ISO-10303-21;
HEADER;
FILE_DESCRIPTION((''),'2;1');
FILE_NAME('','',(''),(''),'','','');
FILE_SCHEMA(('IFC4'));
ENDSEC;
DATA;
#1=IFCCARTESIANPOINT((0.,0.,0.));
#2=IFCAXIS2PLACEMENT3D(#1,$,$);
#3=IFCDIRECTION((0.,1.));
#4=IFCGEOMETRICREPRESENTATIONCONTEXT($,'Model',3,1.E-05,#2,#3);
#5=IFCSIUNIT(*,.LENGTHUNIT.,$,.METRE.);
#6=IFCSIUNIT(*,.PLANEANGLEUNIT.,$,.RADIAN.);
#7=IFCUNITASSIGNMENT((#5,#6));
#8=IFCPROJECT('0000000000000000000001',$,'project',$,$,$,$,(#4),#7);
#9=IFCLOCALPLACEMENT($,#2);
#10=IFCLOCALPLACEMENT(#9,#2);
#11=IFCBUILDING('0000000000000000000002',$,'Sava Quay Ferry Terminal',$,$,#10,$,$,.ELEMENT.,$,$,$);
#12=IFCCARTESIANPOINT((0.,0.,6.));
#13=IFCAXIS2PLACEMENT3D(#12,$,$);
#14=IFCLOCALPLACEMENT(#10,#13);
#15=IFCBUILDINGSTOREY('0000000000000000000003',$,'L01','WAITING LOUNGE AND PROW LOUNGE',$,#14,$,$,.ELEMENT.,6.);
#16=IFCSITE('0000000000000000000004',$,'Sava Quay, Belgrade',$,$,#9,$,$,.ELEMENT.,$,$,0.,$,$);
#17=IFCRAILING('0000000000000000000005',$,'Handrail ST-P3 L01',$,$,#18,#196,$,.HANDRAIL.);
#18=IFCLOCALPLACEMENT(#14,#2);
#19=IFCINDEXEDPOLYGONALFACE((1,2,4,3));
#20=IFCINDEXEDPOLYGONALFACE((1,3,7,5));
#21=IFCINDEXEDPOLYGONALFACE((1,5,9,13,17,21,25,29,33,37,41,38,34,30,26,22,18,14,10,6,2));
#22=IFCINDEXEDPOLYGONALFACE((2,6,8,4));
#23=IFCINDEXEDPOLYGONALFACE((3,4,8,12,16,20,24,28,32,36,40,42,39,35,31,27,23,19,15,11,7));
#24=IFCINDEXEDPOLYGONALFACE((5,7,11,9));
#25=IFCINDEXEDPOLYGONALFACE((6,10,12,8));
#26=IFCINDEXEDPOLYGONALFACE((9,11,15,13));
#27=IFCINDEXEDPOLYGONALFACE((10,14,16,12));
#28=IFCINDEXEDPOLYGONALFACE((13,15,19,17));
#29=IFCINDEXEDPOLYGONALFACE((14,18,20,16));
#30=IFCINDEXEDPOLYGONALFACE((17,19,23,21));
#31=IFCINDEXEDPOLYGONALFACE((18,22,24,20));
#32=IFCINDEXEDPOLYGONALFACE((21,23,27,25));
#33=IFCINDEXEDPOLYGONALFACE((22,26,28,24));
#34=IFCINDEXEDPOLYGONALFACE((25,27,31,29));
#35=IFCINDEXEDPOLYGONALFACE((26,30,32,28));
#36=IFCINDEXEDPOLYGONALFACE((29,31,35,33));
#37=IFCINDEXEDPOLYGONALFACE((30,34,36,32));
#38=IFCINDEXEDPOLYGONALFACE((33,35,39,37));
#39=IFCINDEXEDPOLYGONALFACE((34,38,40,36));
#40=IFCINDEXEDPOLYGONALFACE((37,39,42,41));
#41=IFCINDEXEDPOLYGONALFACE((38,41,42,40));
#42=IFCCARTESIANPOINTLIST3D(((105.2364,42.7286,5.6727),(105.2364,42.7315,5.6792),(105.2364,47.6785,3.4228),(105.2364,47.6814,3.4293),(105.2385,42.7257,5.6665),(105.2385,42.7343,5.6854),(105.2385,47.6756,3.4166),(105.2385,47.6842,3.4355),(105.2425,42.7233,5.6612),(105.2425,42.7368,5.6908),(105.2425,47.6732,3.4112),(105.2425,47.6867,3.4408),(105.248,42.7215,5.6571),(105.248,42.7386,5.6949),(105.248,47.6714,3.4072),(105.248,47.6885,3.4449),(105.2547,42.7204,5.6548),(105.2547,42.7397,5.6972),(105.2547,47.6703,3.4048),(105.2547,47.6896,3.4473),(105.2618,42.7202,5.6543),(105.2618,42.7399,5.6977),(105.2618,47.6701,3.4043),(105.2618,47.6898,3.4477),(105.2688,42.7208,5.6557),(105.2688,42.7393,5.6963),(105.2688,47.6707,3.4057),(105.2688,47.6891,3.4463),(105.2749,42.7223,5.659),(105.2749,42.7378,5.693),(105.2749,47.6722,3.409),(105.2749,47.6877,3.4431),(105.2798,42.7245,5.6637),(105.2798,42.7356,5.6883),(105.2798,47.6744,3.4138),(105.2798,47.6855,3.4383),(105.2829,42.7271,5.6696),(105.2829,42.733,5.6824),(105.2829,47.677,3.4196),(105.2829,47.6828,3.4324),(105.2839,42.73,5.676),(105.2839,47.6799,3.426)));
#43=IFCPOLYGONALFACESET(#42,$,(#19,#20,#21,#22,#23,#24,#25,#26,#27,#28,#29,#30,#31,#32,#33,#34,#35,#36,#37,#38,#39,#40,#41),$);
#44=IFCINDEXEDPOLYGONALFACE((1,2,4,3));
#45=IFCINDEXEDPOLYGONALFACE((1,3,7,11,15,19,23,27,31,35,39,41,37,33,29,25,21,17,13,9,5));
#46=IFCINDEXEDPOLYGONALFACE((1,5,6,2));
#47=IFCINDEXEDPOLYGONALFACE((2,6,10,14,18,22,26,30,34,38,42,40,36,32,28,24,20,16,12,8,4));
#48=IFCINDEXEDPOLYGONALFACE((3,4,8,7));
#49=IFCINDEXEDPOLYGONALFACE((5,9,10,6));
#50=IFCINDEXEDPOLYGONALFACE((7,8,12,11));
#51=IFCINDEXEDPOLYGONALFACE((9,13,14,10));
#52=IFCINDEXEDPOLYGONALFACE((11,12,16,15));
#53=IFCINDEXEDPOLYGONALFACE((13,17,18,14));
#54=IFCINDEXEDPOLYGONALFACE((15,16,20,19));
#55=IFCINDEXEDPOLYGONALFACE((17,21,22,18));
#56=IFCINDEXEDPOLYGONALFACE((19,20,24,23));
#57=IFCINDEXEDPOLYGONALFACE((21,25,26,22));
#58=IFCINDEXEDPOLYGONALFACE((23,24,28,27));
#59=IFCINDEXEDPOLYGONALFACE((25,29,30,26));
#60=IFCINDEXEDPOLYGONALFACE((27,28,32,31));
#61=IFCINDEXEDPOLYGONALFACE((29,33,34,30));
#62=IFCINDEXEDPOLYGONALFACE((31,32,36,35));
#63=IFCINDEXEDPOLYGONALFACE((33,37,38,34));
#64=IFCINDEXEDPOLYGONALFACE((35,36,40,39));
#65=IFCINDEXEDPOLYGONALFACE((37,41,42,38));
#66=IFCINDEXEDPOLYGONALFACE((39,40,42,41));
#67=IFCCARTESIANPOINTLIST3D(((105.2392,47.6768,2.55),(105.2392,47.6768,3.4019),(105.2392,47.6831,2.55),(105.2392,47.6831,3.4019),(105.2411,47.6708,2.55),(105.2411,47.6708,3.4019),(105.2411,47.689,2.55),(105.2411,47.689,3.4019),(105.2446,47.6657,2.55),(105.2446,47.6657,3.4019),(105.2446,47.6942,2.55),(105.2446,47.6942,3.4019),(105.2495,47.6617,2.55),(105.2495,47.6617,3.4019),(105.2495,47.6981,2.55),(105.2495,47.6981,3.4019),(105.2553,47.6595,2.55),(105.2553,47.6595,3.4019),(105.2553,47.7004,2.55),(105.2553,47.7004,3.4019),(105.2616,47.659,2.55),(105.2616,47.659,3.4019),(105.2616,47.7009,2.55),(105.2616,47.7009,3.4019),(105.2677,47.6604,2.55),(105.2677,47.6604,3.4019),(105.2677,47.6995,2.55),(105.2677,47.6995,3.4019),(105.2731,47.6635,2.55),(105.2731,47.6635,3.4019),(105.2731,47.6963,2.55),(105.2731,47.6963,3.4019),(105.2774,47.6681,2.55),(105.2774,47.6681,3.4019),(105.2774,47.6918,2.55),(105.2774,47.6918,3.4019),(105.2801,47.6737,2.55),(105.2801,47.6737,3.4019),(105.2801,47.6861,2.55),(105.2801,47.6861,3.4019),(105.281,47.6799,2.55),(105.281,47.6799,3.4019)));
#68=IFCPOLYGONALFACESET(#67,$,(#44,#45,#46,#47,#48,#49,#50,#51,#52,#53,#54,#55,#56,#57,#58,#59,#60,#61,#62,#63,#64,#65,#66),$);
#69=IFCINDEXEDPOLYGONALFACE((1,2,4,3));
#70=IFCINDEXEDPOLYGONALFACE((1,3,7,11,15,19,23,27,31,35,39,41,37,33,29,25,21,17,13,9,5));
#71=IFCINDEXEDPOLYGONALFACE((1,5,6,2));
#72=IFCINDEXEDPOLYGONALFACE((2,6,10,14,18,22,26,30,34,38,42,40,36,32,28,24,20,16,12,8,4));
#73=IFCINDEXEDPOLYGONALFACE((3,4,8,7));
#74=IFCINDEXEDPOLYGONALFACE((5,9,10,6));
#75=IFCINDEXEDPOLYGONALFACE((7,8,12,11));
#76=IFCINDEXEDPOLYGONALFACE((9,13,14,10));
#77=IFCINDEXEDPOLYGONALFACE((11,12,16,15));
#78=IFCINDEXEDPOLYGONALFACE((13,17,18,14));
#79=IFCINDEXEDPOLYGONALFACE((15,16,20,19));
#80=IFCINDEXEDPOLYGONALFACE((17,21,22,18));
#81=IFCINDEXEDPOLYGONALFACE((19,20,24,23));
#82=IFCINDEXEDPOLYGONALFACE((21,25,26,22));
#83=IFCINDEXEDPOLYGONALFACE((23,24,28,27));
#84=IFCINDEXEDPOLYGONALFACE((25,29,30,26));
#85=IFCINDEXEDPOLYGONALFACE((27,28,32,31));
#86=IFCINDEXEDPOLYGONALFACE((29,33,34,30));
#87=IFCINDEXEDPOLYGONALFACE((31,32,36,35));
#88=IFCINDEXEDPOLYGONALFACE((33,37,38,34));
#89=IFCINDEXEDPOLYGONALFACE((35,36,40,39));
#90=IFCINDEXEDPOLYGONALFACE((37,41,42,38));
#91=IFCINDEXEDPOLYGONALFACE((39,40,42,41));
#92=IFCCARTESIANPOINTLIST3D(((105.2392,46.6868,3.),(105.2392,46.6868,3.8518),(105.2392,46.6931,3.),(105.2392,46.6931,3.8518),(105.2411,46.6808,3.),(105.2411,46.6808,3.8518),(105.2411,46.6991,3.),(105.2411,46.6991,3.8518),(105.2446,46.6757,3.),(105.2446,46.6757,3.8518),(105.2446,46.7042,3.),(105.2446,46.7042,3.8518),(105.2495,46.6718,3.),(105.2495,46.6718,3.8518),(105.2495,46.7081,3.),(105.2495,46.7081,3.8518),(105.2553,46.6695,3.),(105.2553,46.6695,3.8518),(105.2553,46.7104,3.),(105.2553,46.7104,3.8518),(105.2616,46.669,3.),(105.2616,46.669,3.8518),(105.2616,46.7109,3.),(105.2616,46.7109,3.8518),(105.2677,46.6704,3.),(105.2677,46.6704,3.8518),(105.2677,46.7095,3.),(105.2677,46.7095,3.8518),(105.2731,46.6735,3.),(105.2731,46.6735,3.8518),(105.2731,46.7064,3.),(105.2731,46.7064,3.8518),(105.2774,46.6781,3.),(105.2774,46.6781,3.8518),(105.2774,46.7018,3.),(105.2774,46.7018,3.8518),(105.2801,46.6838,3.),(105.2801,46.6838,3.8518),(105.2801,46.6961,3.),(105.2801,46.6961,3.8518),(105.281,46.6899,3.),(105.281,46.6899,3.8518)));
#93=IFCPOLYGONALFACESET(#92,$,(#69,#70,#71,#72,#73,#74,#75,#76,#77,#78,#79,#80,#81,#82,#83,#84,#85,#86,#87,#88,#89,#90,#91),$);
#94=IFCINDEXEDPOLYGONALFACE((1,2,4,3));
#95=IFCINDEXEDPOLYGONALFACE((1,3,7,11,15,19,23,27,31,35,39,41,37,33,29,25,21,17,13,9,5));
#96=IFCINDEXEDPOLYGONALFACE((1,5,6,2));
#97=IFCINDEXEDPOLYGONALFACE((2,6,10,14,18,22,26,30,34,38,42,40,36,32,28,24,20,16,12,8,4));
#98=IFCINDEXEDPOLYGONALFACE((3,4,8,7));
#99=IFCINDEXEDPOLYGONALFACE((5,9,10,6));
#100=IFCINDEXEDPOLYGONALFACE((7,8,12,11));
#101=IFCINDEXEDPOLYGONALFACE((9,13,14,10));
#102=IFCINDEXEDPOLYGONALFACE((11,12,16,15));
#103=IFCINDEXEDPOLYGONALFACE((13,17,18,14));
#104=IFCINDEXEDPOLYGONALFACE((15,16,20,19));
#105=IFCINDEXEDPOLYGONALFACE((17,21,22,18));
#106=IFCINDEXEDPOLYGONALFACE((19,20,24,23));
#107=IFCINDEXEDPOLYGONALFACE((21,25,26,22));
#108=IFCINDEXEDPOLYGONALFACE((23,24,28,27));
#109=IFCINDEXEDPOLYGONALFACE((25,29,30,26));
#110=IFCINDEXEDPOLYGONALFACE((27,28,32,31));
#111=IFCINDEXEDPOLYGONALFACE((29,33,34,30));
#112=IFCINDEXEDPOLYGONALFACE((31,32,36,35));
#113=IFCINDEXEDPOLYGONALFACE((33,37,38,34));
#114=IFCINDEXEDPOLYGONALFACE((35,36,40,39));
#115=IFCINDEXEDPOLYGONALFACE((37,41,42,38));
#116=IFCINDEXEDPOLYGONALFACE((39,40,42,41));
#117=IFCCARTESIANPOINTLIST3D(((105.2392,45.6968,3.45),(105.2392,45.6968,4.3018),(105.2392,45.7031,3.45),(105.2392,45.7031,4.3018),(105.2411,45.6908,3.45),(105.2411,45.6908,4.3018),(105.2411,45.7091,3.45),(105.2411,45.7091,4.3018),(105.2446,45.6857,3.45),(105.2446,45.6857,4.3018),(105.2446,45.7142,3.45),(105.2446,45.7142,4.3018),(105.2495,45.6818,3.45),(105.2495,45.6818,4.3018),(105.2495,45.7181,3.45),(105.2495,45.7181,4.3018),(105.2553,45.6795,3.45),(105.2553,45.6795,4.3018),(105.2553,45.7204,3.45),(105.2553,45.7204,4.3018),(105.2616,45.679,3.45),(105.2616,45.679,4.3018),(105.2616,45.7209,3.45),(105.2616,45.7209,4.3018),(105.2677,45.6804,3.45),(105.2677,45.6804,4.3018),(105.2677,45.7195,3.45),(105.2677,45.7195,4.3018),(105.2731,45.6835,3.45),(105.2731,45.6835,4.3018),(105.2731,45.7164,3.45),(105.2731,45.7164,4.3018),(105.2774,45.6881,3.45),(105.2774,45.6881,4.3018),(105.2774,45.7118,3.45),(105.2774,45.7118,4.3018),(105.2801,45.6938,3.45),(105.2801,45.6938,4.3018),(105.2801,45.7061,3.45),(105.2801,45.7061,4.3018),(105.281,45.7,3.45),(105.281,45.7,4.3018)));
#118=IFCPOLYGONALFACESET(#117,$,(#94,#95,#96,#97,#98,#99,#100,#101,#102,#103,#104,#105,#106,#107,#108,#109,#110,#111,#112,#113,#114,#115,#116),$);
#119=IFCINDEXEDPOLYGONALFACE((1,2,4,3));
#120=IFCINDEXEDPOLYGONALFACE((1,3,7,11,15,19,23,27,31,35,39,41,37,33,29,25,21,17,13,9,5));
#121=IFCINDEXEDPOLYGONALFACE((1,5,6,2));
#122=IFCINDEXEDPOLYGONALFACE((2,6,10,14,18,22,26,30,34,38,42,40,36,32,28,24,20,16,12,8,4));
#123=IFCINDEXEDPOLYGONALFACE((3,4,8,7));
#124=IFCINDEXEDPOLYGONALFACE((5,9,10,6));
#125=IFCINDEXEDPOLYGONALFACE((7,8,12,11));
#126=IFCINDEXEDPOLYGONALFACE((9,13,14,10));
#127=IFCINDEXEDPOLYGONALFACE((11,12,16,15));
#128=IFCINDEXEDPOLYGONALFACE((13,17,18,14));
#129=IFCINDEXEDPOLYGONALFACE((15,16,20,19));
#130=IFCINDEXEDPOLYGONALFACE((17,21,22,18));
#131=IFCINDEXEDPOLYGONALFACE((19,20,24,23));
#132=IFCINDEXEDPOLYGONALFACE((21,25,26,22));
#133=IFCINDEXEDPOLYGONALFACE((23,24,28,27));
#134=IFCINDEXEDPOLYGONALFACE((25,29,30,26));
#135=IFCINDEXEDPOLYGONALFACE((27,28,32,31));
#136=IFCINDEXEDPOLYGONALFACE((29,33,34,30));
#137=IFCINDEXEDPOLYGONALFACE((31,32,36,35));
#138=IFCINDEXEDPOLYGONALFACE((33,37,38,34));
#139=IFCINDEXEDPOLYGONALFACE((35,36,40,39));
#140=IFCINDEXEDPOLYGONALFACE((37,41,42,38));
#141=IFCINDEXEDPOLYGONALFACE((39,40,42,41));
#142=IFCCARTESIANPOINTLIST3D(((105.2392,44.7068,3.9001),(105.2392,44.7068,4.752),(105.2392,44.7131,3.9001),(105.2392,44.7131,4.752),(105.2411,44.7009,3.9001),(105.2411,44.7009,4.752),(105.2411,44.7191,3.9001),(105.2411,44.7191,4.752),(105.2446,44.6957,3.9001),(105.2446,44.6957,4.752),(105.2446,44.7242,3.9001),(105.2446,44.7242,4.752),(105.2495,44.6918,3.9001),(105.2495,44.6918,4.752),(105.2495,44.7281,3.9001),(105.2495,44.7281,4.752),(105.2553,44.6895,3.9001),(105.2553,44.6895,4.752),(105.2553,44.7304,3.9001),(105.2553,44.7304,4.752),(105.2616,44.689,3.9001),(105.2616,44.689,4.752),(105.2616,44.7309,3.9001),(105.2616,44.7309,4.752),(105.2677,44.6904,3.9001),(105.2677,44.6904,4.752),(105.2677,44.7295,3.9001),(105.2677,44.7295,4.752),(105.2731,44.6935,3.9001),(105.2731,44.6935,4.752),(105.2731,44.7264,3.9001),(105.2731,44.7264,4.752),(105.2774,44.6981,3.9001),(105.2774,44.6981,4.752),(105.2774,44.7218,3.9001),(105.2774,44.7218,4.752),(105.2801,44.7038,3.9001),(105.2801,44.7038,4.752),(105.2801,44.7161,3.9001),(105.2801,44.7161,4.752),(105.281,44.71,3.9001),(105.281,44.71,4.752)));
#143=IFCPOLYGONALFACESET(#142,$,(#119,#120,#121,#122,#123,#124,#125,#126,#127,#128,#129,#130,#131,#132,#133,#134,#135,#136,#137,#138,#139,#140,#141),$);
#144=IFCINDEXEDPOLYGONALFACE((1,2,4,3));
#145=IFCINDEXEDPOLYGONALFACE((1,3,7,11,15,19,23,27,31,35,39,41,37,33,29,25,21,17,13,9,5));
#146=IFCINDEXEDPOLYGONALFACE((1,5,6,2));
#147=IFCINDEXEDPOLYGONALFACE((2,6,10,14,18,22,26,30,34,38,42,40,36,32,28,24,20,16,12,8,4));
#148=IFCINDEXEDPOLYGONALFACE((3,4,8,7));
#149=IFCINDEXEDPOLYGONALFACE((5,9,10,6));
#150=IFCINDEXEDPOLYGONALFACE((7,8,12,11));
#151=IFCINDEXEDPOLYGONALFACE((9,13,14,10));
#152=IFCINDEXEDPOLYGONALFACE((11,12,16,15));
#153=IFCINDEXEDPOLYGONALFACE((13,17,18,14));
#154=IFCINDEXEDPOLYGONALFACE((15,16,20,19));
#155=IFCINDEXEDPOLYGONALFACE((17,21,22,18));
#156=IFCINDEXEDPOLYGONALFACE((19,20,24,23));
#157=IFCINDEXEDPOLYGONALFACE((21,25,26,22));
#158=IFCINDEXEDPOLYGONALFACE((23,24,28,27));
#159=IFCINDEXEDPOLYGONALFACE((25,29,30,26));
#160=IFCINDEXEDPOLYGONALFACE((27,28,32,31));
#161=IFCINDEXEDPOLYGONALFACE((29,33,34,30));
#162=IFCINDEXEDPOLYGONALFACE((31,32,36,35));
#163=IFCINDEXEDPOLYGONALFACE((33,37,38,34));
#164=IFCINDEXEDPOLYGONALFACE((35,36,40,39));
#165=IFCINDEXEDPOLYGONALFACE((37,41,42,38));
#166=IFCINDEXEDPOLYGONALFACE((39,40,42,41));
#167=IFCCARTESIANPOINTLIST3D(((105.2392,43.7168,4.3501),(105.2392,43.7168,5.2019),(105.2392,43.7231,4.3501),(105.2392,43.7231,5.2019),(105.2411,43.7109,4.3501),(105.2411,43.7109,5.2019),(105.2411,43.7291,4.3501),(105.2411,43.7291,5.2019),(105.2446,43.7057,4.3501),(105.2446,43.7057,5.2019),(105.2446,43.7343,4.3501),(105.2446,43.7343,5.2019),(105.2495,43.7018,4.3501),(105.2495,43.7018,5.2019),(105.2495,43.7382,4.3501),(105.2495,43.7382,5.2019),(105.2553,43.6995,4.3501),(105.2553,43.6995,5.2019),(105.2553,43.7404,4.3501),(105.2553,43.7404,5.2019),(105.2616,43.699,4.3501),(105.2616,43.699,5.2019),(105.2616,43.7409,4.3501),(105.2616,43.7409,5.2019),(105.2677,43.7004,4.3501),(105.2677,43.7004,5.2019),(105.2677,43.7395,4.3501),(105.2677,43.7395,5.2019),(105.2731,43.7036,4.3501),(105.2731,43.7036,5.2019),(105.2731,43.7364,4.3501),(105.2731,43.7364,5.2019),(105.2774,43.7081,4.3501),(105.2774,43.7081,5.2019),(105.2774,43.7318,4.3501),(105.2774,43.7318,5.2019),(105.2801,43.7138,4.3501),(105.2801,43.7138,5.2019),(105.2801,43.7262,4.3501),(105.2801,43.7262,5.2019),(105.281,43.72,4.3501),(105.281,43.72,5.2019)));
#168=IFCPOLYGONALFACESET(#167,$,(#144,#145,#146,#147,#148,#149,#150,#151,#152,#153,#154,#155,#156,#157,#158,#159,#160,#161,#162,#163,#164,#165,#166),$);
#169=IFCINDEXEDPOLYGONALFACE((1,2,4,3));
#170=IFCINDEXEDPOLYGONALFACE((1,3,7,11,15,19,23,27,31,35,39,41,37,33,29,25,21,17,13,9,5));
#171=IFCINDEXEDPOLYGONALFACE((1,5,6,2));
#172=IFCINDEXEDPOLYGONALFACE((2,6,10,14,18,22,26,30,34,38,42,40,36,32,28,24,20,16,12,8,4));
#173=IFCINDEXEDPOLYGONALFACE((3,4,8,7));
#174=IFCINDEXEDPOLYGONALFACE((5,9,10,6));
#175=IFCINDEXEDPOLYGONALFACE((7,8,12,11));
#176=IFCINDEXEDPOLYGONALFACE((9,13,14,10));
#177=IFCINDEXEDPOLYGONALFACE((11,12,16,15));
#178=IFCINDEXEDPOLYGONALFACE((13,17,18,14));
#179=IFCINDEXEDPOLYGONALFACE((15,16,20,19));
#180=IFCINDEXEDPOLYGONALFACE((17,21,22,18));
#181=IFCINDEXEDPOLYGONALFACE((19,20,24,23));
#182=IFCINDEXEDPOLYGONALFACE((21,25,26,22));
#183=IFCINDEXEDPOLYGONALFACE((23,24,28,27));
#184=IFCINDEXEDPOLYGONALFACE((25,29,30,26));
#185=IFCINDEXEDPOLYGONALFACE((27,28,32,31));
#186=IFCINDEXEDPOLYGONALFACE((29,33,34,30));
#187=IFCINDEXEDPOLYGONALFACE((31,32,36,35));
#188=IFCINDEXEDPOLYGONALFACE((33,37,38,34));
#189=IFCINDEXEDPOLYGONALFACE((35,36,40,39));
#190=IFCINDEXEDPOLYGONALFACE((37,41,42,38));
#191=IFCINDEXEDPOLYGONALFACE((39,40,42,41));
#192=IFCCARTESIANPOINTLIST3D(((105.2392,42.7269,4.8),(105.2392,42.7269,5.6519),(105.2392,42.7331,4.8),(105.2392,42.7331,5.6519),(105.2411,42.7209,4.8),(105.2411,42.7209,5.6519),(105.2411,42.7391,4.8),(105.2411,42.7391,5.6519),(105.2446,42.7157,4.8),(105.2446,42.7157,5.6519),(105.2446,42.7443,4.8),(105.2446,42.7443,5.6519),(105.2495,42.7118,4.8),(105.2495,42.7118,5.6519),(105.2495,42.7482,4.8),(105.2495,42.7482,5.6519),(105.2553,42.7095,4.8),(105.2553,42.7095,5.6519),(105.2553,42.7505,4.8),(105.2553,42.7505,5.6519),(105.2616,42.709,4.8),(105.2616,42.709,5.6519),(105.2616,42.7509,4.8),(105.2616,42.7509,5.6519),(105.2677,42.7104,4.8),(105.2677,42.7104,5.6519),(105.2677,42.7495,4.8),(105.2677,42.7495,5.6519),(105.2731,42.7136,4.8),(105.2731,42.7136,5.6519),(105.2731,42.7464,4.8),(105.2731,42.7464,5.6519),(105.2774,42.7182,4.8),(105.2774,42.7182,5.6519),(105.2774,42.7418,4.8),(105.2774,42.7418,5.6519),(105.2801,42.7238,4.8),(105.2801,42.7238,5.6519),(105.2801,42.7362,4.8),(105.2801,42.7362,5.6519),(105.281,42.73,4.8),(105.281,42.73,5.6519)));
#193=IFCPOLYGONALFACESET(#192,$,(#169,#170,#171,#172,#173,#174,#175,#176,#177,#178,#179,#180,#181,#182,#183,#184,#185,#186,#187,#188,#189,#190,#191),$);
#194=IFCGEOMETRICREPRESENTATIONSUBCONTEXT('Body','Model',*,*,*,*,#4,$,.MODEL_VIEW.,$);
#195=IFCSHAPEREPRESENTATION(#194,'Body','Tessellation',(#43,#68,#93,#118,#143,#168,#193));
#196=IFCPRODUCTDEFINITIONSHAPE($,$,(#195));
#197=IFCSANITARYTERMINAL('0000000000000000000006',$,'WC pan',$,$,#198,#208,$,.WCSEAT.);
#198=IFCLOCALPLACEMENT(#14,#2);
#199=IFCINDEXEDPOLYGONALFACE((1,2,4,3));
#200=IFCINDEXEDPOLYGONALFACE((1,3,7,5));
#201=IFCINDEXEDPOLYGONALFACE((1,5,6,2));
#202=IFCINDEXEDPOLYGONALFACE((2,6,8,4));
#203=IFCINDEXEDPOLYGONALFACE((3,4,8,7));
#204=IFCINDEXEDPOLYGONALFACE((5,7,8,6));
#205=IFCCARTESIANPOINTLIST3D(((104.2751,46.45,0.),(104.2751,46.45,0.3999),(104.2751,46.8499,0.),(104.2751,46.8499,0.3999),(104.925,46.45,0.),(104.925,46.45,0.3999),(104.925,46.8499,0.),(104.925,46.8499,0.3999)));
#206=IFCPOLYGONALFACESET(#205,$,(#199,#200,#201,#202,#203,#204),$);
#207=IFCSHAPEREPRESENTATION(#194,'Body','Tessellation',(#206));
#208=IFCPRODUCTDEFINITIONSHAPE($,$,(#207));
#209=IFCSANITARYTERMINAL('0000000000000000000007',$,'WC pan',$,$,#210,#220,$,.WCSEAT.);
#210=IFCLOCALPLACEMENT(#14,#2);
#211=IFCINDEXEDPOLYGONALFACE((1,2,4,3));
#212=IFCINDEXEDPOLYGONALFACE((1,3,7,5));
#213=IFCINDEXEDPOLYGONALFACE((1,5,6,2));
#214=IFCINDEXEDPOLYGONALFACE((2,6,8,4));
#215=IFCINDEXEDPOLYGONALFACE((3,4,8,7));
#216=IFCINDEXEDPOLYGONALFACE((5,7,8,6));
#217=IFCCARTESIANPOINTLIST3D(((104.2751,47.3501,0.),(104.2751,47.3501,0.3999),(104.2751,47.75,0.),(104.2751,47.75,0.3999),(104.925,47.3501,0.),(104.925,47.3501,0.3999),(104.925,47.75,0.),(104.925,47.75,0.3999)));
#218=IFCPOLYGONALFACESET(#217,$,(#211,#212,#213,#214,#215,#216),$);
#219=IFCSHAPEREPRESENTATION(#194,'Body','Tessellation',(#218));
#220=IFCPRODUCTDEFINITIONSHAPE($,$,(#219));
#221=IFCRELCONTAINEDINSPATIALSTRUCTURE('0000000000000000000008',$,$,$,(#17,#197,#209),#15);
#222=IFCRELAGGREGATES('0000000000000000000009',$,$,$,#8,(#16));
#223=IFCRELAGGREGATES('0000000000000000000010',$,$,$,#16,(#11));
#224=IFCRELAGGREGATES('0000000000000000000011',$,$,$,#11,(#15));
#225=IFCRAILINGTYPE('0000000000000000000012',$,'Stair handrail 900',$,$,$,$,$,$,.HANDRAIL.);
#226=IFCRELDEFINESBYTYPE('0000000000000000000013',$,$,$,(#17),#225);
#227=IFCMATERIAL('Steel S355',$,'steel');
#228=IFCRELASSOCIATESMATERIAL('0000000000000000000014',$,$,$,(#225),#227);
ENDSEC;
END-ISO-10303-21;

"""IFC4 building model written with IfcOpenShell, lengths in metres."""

from ifc_helpers import new_model, si_unit, direction, frame, origin, origin_2d, place, context, subcontext, project, spatial, rectangle, circle, extrude, material, type_object, element, save


model = new_model("IFC4")

# Units and contexts
model_context = context("Model", 3, precision=1e-05, world=origin(), true_north=direction((0.0, 1.0)))
body_context = subcontext(model_context, "Body", "Model", "MODEL_VIEW")
ifc_project = project(units=[si_unit("LENGTHUNIT", "METRE"), si_unit("PLANEANGLEUNIT", "RADIAN")], contexts=[model_context])

# Site, building, storey
site_placement = place(None, origin())
site = spatial("IfcSite", under=ifc_project, at=site_placement, Name="Sava Quay, Belgrade", CompositionType="ELEMENT", RefElevation=0.0)
building_placement = place(site_placement, origin())
building = spatial("IfcBuilding", under=site, at=building_placement, Name="Sava Quay Ferry Terminal", CompositionType="ELEMENT")
storey_placement = place(building_placement, frame((0.0, 0.0, 6.0)))
storey = spatial("IfcBuildingStorey", under=building, at=storey_placement, Name="L01", Description="WAITING LOUNGE AND PROW LOUNGE", CompositionType="ELEMENT", Elevation=6.0)

# Railing
ifc_material_1 = material(Name="Steel S355", Category="steel")
railing_type_1 = type_object("IfcRailingType", Name="Stair handrail 900", PredefinedType="HANDRAIL", material=ifc_material_1)
railing_1_placement = place(storey_placement, frame((105.26, 47.6799, 2.55)))
element("IfcRailing", 1, at=railing_1_placement, inside=storey, type_object=railing_type_1, Name="Handrail ST-P3 L01", PredefinedType="HANDRAIL", context=body_context, shape_type="SweptSolid", body=[
    extrude(circle(Radius=0.0239, at=origin_2d()), frame((0.0, 0.0, 0.876), z_axis=(0.0, -0.910365, 0.413806), x_axis=(1.0, 0.0, 0.0)), (0.0, 0.0, 1.0), 5.4373),
    extrude(circle(Radius=0.021, at=origin_2d()), origin(), (0.0, 0.0, 1.0), 0.8518),
    extrude(circle(Radius=0.021, at=origin_2d()), frame((0.0, -0.99, 0.45)), (0.0, 0.0, 1.0), 0.8518),
    extrude(circle(Radius=0.021, at=origin_2d()), frame((0.0, -1.98, 0.8999)), (0.0, 0.0, 1.0), 0.8518),
    extrude(circle(Radius=0.021, at=origin_2d()), frame((0.0, -2.97, 1.3501)), (0.0, 0.0, 1.0), 0.8518),
    extrude(circle(Radius=0.021, at=origin_2d()), frame((0.0, -3.96, 1.8)), (0.0, 0.0, 1.0), 0.8518),
    extrude(circle(Radius=0.021, at=origin_2d()), frame((0.0, -4.95, 2.25)), (0.0, 0.0, 1.0), 0.8518),
])

# Sanitary terminals
for number, where, z_axis, x_axis, name in (
    (2, (104.6001, 46.6499, 0.0), (0.0, 0.0, 1.0), (1.0, 0.0, 0.0), "WC pan"),
    (3, (104.6001, 47.55, 0.0), (0.0, 0.0, 1.0), (1.0, 0.0, 0.0), "WC pan"),
):
    element("IfcSanitaryTerminal", number, at=place(storey_placement, frame(where, z_axis=z_axis, x_axis=x_axis)), inside=storey, Name=name, PredefinedType="WCSEAT", context=body_context, shape_type="SweptSolid", body=[
        extrude(rectangle(XDim=0.6499, YDim=0.3999, at=origin_2d()), origin(), (0.0, 0.0, 1.0), 0.3999),
    ])

save(model, "model.ifc")
